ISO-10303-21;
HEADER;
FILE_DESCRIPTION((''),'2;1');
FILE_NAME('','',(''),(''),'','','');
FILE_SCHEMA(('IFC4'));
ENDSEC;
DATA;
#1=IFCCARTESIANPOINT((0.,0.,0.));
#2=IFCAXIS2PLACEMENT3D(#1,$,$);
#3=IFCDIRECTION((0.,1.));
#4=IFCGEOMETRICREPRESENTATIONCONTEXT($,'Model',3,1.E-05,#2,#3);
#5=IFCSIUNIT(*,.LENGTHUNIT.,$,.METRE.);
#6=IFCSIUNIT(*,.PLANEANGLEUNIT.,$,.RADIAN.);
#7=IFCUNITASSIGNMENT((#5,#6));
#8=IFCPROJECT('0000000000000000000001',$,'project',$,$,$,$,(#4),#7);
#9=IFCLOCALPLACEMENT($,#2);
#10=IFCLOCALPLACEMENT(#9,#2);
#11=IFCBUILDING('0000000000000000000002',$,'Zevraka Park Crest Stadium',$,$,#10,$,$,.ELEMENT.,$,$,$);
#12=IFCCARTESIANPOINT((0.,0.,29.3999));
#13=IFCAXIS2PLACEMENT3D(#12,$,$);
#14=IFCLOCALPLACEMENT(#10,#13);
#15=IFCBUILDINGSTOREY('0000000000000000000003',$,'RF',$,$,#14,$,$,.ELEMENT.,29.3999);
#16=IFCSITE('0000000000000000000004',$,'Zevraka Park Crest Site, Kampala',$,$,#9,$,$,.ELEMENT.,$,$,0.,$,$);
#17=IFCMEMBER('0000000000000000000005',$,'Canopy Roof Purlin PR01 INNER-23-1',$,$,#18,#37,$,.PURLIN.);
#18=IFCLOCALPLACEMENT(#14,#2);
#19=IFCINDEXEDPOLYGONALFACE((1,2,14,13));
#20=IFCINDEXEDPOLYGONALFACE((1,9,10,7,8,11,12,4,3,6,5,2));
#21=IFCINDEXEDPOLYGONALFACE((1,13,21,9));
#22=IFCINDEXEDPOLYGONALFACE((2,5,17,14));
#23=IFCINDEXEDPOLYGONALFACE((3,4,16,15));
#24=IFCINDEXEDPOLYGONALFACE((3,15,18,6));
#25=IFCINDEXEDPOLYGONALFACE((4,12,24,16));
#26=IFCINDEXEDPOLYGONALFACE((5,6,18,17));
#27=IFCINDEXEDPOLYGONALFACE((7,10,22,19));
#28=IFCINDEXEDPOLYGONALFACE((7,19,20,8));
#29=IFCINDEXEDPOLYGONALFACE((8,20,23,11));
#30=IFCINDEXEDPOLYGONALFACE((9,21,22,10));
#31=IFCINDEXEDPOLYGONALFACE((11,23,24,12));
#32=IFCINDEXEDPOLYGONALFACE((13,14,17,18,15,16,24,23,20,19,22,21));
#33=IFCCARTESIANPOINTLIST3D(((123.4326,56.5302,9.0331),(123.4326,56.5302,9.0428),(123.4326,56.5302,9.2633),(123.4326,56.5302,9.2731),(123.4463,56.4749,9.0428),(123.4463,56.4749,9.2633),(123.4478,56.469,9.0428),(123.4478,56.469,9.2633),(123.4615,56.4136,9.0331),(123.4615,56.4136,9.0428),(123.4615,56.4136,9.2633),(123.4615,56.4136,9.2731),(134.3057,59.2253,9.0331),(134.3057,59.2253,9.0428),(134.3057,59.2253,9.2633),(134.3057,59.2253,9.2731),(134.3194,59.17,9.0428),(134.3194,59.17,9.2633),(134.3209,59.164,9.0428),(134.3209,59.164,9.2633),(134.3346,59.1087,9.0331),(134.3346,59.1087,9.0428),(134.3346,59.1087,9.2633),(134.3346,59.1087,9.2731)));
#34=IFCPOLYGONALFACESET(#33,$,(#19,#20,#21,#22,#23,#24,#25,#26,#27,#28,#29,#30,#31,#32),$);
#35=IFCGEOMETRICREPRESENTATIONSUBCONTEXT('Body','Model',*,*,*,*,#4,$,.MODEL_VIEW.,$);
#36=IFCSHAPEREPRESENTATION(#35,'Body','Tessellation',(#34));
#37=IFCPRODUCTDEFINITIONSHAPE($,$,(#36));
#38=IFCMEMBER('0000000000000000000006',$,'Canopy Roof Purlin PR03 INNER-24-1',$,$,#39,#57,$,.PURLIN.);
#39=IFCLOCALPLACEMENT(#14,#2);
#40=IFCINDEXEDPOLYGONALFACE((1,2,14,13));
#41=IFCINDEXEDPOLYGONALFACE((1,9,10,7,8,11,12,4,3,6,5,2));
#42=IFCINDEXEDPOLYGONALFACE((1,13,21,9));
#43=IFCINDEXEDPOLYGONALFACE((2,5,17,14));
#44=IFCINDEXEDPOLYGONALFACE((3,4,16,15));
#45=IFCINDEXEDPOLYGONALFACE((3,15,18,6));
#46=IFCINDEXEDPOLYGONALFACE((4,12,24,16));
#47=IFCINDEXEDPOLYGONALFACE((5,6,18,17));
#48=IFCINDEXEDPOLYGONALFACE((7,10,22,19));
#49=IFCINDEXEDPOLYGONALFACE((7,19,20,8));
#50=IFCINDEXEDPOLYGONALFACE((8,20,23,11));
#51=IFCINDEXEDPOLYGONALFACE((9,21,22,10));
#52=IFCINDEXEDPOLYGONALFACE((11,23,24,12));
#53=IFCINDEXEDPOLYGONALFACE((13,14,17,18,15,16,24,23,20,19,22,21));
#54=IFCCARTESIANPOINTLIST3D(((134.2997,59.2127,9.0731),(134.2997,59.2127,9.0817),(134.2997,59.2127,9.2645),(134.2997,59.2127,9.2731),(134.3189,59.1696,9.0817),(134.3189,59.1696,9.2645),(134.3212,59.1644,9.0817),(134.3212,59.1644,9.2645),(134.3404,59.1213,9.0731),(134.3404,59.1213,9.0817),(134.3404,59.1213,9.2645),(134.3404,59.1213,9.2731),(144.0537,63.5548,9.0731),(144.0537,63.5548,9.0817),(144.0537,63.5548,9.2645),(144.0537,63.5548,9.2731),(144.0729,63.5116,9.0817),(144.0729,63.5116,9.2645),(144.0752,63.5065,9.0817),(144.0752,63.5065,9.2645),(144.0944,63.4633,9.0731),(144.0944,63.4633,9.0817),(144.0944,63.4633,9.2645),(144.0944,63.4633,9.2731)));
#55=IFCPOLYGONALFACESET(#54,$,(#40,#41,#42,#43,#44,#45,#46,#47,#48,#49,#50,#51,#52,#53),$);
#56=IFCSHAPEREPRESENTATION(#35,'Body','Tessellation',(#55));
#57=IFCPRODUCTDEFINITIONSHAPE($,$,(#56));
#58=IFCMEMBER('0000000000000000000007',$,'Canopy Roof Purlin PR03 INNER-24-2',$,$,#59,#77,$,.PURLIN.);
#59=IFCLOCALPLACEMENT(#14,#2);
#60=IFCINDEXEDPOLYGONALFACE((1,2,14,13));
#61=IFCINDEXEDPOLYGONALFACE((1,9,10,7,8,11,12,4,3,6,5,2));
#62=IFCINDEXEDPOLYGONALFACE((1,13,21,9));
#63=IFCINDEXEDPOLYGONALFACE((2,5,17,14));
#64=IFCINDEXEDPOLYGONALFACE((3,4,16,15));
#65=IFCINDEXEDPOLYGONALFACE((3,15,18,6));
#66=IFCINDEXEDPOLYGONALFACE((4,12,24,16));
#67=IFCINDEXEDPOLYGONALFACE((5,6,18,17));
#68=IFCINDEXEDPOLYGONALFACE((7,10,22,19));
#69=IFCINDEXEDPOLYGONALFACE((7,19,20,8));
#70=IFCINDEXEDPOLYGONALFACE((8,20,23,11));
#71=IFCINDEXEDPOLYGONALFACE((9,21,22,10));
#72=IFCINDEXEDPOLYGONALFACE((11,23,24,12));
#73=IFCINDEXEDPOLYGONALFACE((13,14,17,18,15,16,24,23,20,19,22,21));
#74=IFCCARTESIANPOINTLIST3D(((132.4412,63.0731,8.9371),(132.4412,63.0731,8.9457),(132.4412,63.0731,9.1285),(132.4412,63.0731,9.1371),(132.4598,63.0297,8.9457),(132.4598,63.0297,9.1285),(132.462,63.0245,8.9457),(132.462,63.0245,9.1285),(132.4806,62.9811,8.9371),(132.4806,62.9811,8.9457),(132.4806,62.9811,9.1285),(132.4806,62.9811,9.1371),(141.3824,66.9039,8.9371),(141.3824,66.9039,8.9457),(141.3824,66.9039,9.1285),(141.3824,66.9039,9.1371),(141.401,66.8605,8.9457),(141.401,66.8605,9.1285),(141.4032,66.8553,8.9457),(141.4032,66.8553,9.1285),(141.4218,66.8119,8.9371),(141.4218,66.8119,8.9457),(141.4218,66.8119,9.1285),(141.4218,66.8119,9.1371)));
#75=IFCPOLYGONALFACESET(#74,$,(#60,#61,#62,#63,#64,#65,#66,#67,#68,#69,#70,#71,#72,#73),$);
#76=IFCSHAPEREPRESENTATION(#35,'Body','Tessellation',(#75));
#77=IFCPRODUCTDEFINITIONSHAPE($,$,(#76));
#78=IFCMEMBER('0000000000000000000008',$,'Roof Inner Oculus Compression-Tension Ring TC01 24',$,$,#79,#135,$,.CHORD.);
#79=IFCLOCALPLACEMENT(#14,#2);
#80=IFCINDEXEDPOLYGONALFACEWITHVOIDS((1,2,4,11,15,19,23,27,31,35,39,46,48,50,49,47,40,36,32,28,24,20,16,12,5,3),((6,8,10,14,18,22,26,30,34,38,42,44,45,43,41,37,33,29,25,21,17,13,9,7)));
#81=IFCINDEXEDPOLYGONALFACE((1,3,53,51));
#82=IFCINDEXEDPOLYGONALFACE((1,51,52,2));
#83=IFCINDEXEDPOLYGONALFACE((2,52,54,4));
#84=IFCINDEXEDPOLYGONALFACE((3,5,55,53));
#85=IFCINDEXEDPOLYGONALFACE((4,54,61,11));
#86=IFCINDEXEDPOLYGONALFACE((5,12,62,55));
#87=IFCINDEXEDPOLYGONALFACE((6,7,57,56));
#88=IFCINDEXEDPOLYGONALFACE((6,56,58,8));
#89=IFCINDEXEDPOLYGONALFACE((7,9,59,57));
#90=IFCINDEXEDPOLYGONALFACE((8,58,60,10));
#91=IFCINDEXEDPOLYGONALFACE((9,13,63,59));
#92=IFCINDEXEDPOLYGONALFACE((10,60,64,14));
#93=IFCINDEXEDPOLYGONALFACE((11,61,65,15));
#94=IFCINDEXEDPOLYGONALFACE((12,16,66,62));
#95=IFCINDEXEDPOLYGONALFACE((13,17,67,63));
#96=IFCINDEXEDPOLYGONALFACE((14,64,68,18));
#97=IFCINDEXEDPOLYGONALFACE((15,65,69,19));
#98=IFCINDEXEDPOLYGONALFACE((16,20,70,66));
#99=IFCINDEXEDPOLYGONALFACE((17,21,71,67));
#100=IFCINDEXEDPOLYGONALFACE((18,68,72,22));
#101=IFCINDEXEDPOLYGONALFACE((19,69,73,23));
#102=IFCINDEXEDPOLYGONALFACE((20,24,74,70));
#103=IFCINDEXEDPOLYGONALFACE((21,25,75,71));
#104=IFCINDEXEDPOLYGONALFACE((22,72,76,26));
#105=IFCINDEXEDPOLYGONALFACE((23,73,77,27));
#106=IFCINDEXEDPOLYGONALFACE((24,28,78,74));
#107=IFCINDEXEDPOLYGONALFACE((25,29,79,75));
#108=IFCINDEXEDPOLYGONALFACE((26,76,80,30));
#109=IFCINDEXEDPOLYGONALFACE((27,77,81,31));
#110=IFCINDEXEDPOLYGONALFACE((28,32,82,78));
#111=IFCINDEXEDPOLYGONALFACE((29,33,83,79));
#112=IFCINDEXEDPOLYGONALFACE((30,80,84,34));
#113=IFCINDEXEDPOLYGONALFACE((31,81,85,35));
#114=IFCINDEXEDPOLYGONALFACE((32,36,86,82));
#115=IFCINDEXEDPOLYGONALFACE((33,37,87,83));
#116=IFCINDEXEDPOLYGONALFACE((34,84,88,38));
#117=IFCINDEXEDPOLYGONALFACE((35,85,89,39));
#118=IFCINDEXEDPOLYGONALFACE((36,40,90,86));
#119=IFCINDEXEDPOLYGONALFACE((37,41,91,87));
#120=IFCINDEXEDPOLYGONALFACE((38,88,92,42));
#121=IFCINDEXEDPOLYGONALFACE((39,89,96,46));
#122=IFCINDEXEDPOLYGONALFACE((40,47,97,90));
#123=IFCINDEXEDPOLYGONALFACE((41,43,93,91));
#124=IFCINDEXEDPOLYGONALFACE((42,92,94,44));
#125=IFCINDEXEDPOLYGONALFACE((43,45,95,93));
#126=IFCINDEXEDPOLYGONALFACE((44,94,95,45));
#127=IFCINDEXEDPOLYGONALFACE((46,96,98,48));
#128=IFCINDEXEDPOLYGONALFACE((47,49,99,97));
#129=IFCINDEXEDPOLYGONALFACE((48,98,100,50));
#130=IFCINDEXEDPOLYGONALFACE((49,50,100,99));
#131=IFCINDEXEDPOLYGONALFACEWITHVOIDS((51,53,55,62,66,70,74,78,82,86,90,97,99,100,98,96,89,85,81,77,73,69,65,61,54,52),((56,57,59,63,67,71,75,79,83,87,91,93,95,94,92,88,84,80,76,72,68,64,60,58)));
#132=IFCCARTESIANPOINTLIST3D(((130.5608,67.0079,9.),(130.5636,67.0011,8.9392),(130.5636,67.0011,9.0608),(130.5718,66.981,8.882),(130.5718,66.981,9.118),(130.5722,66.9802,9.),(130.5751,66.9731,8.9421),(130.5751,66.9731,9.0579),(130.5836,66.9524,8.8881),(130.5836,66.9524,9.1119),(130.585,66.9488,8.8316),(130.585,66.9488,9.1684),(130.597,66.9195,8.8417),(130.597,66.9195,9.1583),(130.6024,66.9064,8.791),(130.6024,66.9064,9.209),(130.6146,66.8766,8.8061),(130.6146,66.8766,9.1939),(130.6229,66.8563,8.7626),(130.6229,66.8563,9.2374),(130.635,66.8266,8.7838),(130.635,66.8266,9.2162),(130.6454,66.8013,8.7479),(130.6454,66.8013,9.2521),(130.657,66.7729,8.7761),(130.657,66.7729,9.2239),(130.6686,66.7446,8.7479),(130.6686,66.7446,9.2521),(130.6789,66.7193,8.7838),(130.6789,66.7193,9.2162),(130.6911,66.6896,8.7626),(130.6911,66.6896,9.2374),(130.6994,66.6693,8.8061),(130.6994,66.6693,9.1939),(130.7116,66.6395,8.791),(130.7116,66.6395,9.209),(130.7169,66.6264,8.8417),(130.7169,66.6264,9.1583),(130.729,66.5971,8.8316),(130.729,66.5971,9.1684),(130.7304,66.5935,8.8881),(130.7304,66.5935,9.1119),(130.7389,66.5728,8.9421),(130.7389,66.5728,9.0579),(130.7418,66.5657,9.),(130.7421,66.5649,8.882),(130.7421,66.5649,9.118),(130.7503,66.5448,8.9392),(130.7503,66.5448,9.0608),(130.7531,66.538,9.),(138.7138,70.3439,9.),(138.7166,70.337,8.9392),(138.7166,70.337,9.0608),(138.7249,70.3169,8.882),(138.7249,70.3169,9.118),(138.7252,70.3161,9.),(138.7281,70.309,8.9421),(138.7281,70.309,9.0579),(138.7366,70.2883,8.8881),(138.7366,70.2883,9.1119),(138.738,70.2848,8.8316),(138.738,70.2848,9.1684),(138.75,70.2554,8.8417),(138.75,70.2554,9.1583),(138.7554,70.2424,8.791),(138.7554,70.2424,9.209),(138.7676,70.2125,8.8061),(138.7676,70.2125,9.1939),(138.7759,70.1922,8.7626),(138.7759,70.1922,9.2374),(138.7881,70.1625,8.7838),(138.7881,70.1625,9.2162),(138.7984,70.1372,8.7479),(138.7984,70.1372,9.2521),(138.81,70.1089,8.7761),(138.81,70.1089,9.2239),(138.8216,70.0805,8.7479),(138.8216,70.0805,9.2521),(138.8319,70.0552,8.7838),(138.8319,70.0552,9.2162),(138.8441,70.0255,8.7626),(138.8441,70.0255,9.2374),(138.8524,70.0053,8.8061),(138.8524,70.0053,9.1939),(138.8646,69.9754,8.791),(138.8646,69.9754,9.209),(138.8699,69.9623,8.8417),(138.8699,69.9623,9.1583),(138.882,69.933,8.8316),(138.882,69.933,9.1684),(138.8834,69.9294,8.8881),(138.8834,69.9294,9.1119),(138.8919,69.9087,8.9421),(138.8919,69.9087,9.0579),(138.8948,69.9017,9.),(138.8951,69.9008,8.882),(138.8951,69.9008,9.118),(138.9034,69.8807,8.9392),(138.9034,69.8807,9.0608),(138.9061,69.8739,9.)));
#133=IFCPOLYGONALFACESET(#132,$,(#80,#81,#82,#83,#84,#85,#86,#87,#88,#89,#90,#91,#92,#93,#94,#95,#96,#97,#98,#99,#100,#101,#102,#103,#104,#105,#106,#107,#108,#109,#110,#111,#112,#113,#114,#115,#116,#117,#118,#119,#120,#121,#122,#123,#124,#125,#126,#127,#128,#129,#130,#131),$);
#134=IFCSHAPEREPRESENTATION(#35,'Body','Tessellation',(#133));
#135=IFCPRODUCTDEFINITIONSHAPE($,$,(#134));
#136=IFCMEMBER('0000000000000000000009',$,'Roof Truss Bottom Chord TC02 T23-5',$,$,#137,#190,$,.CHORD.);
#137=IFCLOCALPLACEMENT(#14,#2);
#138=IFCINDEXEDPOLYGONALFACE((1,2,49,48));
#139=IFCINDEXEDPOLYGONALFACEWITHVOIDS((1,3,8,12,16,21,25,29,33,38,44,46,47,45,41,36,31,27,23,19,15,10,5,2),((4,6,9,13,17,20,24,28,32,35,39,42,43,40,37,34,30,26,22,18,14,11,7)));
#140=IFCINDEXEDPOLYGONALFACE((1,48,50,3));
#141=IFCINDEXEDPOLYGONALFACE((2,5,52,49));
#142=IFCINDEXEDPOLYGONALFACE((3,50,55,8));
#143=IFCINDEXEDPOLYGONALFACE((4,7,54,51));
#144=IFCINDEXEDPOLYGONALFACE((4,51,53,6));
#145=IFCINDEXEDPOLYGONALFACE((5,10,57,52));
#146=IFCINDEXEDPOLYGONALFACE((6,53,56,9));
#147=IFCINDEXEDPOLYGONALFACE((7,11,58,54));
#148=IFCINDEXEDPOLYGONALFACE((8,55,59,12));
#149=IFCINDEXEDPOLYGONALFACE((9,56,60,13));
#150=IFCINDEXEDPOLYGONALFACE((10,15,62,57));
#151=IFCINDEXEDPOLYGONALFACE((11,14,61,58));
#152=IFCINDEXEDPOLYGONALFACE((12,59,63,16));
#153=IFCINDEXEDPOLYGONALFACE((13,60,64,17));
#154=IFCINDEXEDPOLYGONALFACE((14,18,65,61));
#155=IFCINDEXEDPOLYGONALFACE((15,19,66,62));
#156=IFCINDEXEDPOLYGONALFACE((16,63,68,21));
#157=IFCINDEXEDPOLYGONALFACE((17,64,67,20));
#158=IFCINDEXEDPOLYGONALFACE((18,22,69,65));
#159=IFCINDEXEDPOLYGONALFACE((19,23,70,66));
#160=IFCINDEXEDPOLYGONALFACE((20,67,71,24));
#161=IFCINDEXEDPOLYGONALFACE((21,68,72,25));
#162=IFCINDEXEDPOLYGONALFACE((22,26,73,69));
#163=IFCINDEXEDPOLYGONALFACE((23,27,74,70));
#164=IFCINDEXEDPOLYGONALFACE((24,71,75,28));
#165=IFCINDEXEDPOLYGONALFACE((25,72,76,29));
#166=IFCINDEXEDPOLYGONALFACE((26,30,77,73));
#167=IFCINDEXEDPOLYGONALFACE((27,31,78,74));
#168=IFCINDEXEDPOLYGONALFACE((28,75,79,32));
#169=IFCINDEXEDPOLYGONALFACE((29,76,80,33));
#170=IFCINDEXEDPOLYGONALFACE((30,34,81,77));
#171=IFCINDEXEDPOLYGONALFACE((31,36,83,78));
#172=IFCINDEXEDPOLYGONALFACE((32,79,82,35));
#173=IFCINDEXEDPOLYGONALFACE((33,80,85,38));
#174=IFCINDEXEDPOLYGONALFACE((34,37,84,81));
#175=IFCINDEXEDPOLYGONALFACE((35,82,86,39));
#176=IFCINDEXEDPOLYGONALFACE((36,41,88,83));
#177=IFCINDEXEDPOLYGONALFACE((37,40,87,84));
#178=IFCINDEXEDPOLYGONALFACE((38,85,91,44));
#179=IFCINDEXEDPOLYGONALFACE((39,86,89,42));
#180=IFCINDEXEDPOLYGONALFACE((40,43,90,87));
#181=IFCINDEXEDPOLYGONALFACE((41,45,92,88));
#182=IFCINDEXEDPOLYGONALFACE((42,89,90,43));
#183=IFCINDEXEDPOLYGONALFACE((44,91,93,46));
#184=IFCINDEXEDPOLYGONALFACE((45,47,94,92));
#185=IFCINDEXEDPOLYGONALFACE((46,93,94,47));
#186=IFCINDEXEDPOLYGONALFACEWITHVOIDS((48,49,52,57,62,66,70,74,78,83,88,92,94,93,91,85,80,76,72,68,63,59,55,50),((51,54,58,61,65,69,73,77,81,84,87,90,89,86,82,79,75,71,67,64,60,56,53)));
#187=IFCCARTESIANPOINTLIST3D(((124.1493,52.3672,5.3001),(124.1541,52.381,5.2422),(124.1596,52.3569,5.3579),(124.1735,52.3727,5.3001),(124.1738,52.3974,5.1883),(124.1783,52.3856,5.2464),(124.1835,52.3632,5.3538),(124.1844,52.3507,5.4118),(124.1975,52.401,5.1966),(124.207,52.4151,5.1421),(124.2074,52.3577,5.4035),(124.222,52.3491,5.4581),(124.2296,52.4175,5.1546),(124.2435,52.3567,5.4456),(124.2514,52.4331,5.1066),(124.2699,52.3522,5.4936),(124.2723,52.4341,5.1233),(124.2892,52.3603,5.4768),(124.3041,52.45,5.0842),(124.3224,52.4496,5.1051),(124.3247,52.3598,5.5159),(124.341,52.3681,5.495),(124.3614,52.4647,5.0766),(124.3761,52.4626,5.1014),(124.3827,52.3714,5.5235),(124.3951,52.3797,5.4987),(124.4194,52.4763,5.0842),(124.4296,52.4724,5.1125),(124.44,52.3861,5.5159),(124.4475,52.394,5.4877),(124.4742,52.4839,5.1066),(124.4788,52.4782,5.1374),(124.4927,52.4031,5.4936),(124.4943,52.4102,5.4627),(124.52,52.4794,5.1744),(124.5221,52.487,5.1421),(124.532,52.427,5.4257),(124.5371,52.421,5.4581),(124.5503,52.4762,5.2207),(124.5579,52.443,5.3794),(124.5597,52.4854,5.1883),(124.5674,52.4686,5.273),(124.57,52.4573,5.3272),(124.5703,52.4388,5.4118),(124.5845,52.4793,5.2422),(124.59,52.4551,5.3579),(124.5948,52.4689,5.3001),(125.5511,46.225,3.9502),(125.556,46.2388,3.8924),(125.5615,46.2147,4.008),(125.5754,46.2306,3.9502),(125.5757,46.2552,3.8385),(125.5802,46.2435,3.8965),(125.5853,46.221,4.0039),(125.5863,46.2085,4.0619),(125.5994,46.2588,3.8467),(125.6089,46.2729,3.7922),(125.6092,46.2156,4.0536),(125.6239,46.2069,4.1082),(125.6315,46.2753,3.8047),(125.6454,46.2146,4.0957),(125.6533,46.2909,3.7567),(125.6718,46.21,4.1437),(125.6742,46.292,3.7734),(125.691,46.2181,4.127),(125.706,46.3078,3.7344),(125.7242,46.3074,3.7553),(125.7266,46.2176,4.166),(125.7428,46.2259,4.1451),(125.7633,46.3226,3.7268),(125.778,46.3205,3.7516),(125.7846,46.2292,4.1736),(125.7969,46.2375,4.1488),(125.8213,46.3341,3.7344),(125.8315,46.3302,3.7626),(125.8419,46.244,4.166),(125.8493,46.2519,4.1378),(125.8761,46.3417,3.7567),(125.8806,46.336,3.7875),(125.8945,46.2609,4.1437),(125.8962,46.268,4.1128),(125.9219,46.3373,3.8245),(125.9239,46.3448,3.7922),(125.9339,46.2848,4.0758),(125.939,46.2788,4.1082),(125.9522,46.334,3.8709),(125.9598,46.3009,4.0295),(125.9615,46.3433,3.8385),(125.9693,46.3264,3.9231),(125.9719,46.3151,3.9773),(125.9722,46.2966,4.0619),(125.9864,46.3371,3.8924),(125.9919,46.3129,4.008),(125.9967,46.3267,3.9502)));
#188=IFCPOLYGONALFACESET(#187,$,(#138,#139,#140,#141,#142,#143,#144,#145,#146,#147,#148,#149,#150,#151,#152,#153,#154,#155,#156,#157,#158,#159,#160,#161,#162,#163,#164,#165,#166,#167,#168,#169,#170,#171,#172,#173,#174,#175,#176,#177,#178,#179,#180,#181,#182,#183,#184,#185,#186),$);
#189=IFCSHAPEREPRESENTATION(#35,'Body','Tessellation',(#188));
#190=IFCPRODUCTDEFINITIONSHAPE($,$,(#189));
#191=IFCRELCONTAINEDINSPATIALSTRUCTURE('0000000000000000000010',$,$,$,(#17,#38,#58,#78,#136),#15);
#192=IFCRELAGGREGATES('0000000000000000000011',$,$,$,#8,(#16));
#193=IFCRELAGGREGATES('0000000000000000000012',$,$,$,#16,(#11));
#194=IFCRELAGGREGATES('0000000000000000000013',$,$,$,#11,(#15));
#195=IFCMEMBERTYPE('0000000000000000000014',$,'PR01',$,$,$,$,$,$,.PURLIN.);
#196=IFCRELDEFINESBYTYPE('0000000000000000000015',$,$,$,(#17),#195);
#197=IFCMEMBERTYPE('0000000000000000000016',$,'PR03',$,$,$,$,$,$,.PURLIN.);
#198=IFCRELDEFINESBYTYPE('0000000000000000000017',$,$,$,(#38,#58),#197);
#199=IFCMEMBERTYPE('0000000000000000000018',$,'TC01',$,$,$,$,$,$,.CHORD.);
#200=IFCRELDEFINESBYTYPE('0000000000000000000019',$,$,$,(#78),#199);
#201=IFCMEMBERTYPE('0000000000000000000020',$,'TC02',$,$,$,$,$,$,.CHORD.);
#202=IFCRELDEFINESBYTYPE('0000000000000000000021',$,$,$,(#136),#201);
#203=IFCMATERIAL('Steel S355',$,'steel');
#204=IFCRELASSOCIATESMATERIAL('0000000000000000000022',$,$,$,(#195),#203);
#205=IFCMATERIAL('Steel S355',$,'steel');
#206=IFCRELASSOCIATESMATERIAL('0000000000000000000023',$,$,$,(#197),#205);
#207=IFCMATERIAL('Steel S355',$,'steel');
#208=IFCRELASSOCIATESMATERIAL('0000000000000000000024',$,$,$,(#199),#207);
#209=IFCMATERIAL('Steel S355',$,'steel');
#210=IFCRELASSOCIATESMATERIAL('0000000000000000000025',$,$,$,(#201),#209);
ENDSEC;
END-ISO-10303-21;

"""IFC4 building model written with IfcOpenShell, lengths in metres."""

from ifc_helpers import new_model, si_unit, direction, frame, origin, origin_2d, place, context, subcontext, project, spatial, hollow_circle, i_section, extrude, material, material_profile, profile_set, type_object, element, save


model = new_model("IFC4")

# Units and contexts
model_context = context("Model", 3, precision=1e-05, world=origin(), true_north=direction((0.0, 1.0)))
body_context = subcontext(model_context, "Body", "Model", "MODEL_VIEW")
ifc_project = project(units=[si_unit("LENGTHUNIT", "METRE"), si_unit("PLANEANGLEUNIT", "RADIAN")], contexts=[model_context])

# Site, building, storey
site_placement = place(None, origin())
site = spatial("IfcSite", under=ifc_project, at=site_placement, Name="Zevraka Park Crest Site, Kampala", CompositionType="ELEMENT", RefElevation=0.0)
building_placement = place(site_placement, origin())
building = spatial("IfcBuilding", under=site, at=building_placement, Name="Zevraka Park Crest Stadium", CompositionType="ELEMENT")
storey_placement = place(building_placement, frame((0.0, 0.0, 29.3999)))
storey = spatial("IfcBuildingStorey", under=building, at=storey_placement, Name="RF", CompositionType="ELEMENT", Elevation=29.3999)

# Members
ifc_material_1 = material(Name="Steel S355", Category="steel")
ifc_material_profile_1 = material_profile(ifc_material_1, i_section(OverallWidth=0.1201, OverallDepth=0.24, WebThickness=0.0061, FlangeThickness=0.0098, at=origin_2d()), Name="IPE 240")
ifc_profile_set_1 = profile_set([ifc_material_profile_1], Name="Steel S355")
member_type_1 = type_object("IfcMemberType", Name="PR01", PredefinedType="PURLIN", material=ifc_profile_set_1)
member_1_placement = place(storey_placement, frame((123.447, 56.4719, 9.1531), z_axis=(0.970628, 0.240586, 0.0), x_axis=(-0.240586, 0.970628, 0.0)))
element("IfcMember", 1, at=member_1_placement, inside=storey, type_object=member_type_1, Name="Canopy Roof Purlin PR01 INNER-23-1", PredefinedType="PURLIN", context=body_context, shape_type="SweptSolid", body=[
    extrude(i_section(OverallWidth=0.1201, OverallDepth=0.24, WebThickness=0.0061, FlangeThickness=0.0098, at=origin_2d()), origin(), (0.0, 0.0, 1.0), 11.2021),
])
ifc_material_2 = material(Name="Steel S355", Category="steel")
ifc_material_profile_2 = material_profile(ifc_material_2, i_section(OverallWidth=0.1001, OverallDepth=0.2, WebThickness=0.0056, FlangeThickness=0.0085, at=origin_2d()), Name="IPE 200")
ifc_profile_set_2 = profile_set([ifc_material_profile_2], Name="Steel S355")
member_type_2 = type_object("IfcMemberType", Name="PR03", PredefinedType="PURLIN", material=ifc_profile_set_2)
member_2_placement = place(storey_placement, frame((134.3201, 59.167, 9.1731), z_axis=(0.913569, 0.406684, 0.0), x_axis=(-0.406684, 0.913569, 0.0)))
element("IfcMember", 2, at=member_2_placement, inside=storey, type_object=member_type_2, Name="Canopy Roof Purlin PR03 INNER-24-1", PredefinedType="PURLIN", context=body_context, shape_type="SweptSolid", body=[
    extrude(i_section(OverallWidth=0.1001, OverallDepth=0.2, WebThickness=0.0056, FlangeThickness=0.0085, at=origin_2d()), origin(), (0.0, 0.0, 1.0), 10.6768),
])
member_3_placement = place(storey_placement, frame((132.4609, 63.0271, 9.0371), z_axis=(0.919187, 0.393822, 0.0), x_axis=(-0.393822, 0.919187, 0.0)))
element("IfcMember", 3, at=member_3_placement, inside=storey, type_object=member_type_2, Name="Canopy Roof Purlin PR03 INNER-24-2", PredefinedType="PURLIN", context=body_context, shape_type="SweptSolid", body=[
    extrude(i_section(OverallWidth=0.1001, OverallDepth=0.2, WebThickness=0.0056, FlangeThickness=0.0085, at=origin_2d()), origin(), (0.0, 0.0, 1.0), 9.7273),
])
ifc_material_3 = material(Name="Steel S355", Category="steel")
ifc_material_profile_3 = material_profile(ifc_material_3, hollow_circle(Radius=0.2539, WallThickness=0.03, at=origin_2d()), Name="CHS 508.0x30")
ifc_profile_set_3 = profile_set([ifc_material_profile_3], Name="Steel S355")
member_type_3 = type_object("IfcMemberType", Name="TC01", PredefinedType="CHORD", material=ifc_profile_set_3)
member_4_placement = place(storey_placement, frame((130.657, 66.7729, 9.0), z_axis=(0.925524, 0.37869, 0.0), x_axis=(-0.37869, 0.925524, 0.0)))
element("IfcMember", 4, at=member_4_placement, inside=storey, type_object=member_type_3, Name="Roof Inner Oculus Compression-Tension Ring TC01 24", PredefinedType="CHORD", context=body_context, shape_type="SweptSolid", body=[
    extrude(hollow_circle(Radius=0.2539, WallThickness=0.03, at=origin_2d()), origin(), (0.0, 0.0, 1.0), 8.8091),
])
ifc_material_4 = material(Name="Steel S355", Category="steel")
ifc_material_profile_4 = material_profile(ifc_material_4, hollow_circle(Radius=0.2285, WallThickness=0.0249, at=origin_2d()), Name="CHS 457.0x25")
ifc_profile_set_4 = profile_set([ifc_material_profile_4], Name="Steel S355")
member_type_4 = type_object("IfcMemberType", Name="TC02", PredefinedType="CHORD", material=ifc_profile_set_4)
member_5_placement = place(storey_placement, frame((125.7739, 46.2759, 3.9502), z_axis=(-0.217577, 0.953293, 0.209506), x_axis=(-0.974929, -0.222515, 0.0)))
element("IfcMember", 5, at=member_5_placement, inside=storey, type_object=member_type_4, Name="Roof Truss Bottom Chord TC02 T23-5", PredefinedType="CHORD", context=body_context, shape_type="SweptSolid", body=[
    extrude(hollow_circle(Radius=0.2285, WallThickness=0.0249, at=origin_2d()), origin(), (0.0, 0.0, 1.0), 6.4431),
])

save(model, "model.ifc")
